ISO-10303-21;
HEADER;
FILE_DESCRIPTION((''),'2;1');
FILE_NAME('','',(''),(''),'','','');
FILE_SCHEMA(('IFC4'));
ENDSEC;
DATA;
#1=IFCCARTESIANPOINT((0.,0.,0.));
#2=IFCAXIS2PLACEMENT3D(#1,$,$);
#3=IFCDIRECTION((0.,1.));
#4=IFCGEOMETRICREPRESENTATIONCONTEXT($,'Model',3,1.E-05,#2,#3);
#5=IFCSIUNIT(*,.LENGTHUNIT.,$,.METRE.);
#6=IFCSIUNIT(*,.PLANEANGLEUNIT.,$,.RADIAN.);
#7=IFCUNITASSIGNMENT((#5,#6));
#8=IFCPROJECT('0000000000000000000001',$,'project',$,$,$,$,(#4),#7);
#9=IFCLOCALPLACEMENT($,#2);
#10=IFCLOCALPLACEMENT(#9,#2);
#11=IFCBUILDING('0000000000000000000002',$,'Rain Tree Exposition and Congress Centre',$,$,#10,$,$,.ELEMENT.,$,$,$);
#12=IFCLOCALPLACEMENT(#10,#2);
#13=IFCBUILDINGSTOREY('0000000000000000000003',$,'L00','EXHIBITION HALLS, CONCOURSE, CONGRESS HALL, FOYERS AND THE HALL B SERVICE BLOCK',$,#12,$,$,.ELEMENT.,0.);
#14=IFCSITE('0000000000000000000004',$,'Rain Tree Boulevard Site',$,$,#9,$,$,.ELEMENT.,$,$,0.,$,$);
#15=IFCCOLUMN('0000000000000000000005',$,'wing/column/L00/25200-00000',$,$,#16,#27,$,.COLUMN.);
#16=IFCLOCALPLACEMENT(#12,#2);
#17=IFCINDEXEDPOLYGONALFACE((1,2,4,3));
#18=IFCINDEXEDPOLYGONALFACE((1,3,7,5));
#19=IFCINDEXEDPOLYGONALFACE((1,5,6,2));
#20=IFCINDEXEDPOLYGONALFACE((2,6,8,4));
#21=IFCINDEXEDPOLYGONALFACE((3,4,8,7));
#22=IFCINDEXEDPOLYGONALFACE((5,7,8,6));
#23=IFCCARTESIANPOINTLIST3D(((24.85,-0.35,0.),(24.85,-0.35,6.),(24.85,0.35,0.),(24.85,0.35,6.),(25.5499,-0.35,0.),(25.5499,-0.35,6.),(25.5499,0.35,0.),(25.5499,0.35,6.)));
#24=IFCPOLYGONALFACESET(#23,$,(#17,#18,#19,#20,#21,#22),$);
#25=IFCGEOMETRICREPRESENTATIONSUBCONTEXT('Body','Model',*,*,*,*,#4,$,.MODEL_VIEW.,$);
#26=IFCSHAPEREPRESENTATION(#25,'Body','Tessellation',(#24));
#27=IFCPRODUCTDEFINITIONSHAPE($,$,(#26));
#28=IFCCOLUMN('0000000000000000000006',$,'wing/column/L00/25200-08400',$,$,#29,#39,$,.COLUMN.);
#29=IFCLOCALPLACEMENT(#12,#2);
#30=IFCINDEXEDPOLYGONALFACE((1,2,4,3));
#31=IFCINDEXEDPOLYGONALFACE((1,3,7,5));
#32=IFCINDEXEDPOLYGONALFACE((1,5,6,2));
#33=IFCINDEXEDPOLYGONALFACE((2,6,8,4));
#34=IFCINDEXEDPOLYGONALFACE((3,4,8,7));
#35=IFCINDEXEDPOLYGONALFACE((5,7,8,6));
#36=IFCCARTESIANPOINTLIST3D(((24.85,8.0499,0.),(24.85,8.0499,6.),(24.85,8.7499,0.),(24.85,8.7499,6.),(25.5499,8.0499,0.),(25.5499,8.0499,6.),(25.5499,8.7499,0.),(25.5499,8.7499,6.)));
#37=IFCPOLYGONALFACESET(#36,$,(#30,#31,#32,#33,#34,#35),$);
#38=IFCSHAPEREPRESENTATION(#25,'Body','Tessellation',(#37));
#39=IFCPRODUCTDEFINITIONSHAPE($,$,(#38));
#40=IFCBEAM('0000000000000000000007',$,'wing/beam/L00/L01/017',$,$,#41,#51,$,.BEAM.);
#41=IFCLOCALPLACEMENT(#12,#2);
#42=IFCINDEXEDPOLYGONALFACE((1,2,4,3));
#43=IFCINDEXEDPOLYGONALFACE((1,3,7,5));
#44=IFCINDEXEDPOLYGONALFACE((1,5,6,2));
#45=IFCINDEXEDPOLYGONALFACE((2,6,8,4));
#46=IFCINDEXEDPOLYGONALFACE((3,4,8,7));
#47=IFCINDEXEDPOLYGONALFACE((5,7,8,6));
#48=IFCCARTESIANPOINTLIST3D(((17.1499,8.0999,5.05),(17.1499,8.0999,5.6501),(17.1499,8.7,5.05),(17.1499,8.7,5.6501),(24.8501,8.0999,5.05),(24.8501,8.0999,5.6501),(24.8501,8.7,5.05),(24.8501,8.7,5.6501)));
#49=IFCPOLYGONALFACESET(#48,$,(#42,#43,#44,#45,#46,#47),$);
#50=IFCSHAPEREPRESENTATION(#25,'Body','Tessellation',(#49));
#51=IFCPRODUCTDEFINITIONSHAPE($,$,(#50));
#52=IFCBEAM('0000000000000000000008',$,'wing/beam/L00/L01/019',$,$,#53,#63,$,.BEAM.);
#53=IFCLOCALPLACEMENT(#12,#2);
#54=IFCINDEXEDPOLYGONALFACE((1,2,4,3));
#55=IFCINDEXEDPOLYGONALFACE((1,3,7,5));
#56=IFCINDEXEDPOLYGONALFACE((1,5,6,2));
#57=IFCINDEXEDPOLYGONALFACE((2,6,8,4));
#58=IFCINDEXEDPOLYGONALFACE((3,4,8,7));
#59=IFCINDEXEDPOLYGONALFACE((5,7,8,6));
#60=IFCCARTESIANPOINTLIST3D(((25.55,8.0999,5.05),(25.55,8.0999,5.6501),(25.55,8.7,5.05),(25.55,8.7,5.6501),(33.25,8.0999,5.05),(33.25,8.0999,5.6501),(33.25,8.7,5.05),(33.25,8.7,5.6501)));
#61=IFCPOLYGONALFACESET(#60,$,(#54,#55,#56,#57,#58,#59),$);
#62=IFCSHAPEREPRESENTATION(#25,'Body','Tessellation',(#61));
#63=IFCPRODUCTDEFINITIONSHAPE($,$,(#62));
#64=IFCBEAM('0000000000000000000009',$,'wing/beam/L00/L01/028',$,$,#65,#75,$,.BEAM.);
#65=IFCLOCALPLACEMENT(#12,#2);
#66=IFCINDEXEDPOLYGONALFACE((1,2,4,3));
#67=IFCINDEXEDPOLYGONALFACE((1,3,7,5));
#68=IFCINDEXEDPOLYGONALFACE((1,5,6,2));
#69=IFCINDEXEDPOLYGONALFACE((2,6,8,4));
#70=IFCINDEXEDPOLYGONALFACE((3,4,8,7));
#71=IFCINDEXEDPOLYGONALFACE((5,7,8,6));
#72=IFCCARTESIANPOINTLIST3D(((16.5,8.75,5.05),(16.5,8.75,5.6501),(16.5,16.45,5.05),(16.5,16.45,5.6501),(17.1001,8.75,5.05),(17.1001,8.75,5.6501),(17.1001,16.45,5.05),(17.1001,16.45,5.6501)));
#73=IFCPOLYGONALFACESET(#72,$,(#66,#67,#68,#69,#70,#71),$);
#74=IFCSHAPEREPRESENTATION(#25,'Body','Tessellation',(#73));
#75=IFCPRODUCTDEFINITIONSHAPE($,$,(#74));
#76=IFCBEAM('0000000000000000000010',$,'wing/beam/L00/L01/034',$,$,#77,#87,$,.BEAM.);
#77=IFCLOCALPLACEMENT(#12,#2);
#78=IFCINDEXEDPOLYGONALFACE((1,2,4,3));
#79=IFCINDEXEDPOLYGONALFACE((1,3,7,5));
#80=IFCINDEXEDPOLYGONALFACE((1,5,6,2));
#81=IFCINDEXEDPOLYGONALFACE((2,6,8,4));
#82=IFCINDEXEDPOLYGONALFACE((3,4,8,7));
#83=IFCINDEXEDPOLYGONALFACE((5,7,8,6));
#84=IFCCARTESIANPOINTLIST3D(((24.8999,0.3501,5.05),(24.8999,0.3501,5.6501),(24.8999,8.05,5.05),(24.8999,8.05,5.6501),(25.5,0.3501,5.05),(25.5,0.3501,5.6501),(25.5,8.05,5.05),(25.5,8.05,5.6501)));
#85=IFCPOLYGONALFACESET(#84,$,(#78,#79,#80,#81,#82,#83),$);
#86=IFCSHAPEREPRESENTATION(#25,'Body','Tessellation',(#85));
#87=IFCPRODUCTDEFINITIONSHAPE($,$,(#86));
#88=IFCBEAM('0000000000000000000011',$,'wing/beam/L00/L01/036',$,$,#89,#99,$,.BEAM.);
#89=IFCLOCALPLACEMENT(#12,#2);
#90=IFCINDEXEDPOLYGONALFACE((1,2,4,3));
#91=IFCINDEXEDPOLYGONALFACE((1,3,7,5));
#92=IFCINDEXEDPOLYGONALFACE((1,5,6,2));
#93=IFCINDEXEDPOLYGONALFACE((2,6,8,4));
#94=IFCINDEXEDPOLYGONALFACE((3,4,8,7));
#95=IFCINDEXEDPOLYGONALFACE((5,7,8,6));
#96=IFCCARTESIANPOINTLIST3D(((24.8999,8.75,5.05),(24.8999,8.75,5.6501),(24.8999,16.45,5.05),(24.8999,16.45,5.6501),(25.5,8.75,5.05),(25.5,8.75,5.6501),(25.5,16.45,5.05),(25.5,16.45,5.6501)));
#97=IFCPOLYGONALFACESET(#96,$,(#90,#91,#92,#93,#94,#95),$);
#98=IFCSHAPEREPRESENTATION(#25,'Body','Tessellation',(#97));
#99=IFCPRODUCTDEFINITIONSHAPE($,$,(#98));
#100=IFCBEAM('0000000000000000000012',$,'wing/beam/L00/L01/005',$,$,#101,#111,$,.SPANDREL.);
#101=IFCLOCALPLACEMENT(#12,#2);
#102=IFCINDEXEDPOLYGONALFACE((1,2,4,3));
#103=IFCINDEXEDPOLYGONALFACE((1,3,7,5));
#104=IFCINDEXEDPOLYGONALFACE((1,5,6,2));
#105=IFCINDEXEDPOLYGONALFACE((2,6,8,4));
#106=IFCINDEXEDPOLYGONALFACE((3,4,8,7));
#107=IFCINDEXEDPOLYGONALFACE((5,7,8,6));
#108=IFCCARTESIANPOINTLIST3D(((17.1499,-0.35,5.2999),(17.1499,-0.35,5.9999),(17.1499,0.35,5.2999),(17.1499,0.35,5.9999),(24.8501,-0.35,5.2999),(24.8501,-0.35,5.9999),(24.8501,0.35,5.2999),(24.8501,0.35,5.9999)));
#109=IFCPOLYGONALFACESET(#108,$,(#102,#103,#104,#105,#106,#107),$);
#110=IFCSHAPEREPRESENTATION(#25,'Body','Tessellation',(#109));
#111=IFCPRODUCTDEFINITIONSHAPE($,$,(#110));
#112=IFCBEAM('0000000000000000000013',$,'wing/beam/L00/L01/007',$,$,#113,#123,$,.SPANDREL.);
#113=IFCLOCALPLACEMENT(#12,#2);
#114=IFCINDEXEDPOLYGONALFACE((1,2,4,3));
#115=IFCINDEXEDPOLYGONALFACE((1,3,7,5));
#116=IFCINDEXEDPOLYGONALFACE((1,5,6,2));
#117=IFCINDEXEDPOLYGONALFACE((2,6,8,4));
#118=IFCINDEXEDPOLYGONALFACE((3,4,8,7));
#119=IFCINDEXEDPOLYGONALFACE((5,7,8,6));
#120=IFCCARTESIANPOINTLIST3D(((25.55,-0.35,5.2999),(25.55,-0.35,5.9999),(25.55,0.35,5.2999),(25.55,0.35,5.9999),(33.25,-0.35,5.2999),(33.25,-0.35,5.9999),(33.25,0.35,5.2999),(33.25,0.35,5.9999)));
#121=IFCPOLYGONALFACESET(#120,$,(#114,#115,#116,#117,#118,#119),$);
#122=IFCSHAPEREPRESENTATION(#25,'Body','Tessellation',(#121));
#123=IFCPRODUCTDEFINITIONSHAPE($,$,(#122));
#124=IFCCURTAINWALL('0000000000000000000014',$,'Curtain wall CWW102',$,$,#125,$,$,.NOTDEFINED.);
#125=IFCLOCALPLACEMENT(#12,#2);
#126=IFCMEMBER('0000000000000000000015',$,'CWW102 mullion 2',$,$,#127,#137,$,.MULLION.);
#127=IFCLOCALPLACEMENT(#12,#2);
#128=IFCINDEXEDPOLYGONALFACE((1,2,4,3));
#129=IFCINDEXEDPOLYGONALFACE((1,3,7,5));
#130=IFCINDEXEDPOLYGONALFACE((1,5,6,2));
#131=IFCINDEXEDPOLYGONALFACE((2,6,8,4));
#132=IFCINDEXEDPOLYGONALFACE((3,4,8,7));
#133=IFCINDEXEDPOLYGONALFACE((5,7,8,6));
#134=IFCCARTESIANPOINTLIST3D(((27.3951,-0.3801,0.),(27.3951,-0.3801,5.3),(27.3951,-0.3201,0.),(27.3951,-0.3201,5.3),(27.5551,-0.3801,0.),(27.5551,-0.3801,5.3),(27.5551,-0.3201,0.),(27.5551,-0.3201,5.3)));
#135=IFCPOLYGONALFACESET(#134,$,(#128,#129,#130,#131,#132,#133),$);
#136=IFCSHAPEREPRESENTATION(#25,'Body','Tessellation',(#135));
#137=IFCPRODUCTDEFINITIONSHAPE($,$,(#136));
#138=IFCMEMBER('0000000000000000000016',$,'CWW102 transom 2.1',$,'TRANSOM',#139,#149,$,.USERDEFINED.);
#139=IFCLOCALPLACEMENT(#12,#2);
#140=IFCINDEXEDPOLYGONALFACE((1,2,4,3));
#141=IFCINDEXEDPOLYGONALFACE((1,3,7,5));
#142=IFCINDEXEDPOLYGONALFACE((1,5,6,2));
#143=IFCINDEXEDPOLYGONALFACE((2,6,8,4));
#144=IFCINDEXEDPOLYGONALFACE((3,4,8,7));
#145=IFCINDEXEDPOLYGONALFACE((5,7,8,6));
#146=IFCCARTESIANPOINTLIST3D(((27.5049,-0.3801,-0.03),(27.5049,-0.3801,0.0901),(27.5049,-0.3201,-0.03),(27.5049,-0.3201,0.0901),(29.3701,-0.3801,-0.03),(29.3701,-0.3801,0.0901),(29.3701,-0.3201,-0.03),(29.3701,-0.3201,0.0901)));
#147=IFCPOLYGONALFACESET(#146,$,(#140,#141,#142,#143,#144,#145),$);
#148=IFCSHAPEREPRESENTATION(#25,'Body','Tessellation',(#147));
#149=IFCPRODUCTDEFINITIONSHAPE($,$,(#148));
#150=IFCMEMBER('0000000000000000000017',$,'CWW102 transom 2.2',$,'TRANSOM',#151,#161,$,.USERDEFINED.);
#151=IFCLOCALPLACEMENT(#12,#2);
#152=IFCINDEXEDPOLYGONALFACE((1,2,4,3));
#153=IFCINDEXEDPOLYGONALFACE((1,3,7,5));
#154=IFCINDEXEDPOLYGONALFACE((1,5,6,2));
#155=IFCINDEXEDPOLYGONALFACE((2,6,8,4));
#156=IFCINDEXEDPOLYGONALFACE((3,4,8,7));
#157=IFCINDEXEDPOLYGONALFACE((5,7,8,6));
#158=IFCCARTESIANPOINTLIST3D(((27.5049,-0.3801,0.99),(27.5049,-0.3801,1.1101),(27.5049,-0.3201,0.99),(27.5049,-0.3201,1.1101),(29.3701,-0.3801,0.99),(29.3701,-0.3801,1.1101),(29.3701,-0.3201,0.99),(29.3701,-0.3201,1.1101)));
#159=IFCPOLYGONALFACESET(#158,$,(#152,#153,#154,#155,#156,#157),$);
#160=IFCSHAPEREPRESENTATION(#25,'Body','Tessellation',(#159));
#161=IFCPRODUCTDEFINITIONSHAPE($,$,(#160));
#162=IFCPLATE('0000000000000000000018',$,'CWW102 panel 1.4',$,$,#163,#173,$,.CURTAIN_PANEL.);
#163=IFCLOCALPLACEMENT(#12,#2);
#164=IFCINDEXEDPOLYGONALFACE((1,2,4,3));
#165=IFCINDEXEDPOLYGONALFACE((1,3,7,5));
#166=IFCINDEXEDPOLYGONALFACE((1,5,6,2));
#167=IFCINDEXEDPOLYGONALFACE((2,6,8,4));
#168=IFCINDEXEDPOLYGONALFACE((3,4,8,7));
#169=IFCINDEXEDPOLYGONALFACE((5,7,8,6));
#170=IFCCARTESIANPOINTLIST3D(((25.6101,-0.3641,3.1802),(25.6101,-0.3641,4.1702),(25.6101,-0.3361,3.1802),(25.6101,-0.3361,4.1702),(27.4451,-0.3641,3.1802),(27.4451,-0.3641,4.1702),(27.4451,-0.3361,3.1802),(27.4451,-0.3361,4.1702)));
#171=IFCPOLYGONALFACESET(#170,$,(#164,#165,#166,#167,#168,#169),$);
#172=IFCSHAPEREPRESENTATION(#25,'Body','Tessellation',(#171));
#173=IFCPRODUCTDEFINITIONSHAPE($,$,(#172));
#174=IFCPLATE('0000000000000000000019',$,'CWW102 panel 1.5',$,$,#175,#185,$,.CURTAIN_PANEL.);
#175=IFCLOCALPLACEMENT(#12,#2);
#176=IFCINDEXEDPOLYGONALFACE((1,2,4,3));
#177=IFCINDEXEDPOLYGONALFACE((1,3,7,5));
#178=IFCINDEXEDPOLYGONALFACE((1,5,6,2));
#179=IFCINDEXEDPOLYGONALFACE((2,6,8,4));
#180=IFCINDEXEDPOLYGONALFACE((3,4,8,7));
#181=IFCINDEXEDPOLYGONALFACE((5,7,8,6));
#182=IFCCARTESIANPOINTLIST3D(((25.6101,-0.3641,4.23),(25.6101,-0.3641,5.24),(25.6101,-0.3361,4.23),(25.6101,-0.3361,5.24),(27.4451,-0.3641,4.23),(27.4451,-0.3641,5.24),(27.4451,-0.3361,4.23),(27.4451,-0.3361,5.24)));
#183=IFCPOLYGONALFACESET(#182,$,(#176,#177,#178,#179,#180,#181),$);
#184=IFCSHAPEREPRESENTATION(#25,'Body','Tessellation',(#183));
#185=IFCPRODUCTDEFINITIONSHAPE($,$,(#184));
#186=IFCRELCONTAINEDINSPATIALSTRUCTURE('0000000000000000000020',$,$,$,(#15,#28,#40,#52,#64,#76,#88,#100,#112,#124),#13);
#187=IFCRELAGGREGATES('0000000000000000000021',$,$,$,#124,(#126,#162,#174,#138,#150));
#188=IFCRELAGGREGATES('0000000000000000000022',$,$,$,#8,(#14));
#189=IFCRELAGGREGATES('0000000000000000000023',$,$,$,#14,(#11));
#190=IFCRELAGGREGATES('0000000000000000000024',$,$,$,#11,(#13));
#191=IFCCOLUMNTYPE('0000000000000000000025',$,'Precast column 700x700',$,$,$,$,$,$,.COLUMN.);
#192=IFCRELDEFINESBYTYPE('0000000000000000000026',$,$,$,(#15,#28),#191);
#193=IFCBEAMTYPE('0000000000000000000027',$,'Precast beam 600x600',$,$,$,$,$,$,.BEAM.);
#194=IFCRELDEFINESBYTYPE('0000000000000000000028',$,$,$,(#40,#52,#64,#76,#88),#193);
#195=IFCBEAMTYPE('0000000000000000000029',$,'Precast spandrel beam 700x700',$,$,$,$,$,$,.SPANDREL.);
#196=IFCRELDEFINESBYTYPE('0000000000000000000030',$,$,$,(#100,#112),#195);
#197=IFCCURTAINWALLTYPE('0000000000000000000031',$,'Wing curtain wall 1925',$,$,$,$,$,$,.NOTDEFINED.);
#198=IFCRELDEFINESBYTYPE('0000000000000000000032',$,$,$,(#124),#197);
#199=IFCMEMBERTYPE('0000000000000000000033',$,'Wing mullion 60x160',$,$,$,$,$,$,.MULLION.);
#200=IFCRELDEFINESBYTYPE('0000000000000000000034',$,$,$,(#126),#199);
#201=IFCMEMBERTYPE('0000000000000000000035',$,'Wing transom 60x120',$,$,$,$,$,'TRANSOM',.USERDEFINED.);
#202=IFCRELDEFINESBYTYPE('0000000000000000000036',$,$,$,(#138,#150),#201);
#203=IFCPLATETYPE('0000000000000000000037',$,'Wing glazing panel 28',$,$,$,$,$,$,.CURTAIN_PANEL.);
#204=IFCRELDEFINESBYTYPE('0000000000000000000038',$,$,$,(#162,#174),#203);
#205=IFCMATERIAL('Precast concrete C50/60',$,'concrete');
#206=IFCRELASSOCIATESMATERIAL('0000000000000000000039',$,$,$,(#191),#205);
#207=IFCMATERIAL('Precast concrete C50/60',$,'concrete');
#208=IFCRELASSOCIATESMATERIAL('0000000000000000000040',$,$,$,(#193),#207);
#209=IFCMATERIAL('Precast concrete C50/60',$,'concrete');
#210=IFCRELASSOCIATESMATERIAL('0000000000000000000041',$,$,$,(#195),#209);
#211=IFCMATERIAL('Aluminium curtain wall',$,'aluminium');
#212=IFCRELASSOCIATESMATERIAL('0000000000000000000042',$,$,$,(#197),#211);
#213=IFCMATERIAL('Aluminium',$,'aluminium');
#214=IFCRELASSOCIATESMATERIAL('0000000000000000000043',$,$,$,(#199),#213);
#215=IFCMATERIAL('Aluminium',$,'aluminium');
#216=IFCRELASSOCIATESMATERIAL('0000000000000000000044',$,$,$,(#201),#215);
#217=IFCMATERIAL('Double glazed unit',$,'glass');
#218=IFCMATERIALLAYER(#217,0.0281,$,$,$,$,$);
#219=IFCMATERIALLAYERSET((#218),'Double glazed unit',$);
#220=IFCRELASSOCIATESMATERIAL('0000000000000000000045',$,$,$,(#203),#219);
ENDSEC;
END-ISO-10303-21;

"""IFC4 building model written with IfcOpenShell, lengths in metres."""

from ifc_helpers import new_model, si_unit, direction, frame, origin, origin_2d, place, context, subcontext, project, spatial, rectangle, extrude, material, layer, layer_set, material_profile, profile_set, type_object, element, aggregate, save


model = new_model("IFC4")

# Units and contexts
model_context = context("Model", 3, precision=1e-05, world=origin(), true_north=direction((0.0, 1.0)))
body_context = subcontext(model_context, "Body", "Model", "MODEL_VIEW")
ifc_project = project(units=[si_unit("LENGTHUNIT", "METRE"), si_unit("PLANEANGLEUNIT", "RADIAN")], contexts=[model_context])

# Site, building, storey
site_placement = place(None, origin())
site = spatial("IfcSite", under=ifc_project, at=site_placement, Name="Rain Tree Boulevard Site", CompositionType="ELEMENT", RefElevation=0.0)
building_placement = place(site_placement, origin())
building = spatial("IfcBuilding", under=site, at=building_placement, Name="Rain Tree Exposition and Congress Centre", CompositionType="ELEMENT")
storey_placement = place(building_placement, origin())
storey = spatial("IfcBuildingStorey", under=building, at=storey_placement, Name="L00", Description="EXHIBITION HALLS, CONCOURSE, CONGRESS HALL, FOYERS AND THE HALL B SERVICE BLOCK", CompositionType="ELEMENT", Elevation=0.0)

# Columns
ifc_material_1 = material(Name="Precast concrete C50/60", Category="concrete")
ifc_material_profile_1 = material_profile(ifc_material_1, rectangle(XDim=0.7, YDim=0.7, at=origin_2d()), Name="RC 700x700")
ifc_profile_set_1 = profile_set([ifc_material_profile_1], Name="Precast concrete C50/60")
column_type = type_object("IfcColumnType", Name="Precast column 700x700", PredefinedType="COLUMN", material=ifc_profile_set_1)
for number, where, z_axis, x_axis, name in (
    (1, (25.2, 0.0, 0.0), (0.0, 0.0, 1.0), (1.0, 0.0, 0.0), "wing/column/L00/25200-00000"),
    (2, (25.2, 8.3999, 0.0), (0.0, 0.0, 1.0), (1.0, 0.0, 0.0), "wing/column/L00/25200-08400"),
):
    element("IfcColumn", number, at=place(storey_placement, frame(where, z_axis=z_axis, x_axis=x_axis)), inside=storey, type_object=column_type, Name=name, PredefinedType="COLUMN", context=body_context, shape_type="SweptSolid", body=[
        extrude(rectangle(XDim=0.7, YDim=0.7, at=origin_2d()), origin(), (0.0, 0.0, 1.0), 6.0),
    ])

# Beams
ifc_material_2 = material(Name="Precast concrete C50/60", Category="concrete")
ifc_material_profile_2 = material_profile(ifc_material_2, rectangle(XDim=0.6001, YDim=0.6001, at=origin_2d()), Name="RC 600x600")
ifc_profile_set_2 = profile_set([ifc_material_profile_2], Name="Precast concrete C50/60")
beam_type_1 = type_object("IfcBeamType", Name="Precast beam 600x600", PredefinedType="BEAM", material=ifc_profile_set_2)
beam_1_placement = place(storey_placement, frame((17.1499, 8.3999, 5.3501), z_axis=(1.0, 0.0, 0.0), x_axis=(0.0, 1.0, 0.0)))
element("IfcBeam", 3, at=beam_1_placement, inside=storey, type_object=beam_type_1, Name="wing/beam/L00/L01/017", PredefinedType="BEAM", context=body_context, shape_type="SweptSolid", body=[
    extrude(rectangle(XDim=0.6001, YDim=0.6001, at=origin_2d()), origin(), (0.0, 0.0, 1.0), 7.7002),
])
for number, where, z_axis, x_axis, name in (
    (4, (25.55, 8.3999, 5.3501), (1.0, 0.0, 0.0), (0.0, 1.0, 0.0), "wing/beam/L00/L01/019"),
    (5, (16.8, 8.75, 5.3501), (0.0, 1.0, 0.0), (-1.0, 0.0, 0.0), "wing/beam/L00/L01/028"),
    (6, (25.2, 0.3501, 5.3501), (0.0, 1.0, 0.0), (-1.0, 0.0, 0.0), "wing/beam/L00/L01/034"),
    (7, (25.2, 8.75, 5.3501), (0.0, 1.0, 0.0), (-1.0, 0.0, 0.0), "wing/beam/L00/L01/036"),
):
    element("IfcBeam", number, at=place(storey_placement, frame(where, z_axis=z_axis, x_axis=x_axis)), inside=storey, type_object=beam_type_1, Name=name, PredefinedType="BEAM", context=body_context, shape_type="SweptSolid", body=[
        extrude(rectangle(XDim=0.6001, YDim=0.6001, at=origin_2d()), origin(), (0.0, 0.0, 1.0), 7.7),
    ])
ifc_material_3 = material(Name="Precast concrete C50/60", Category="concrete")
ifc_material_profile_3 = material_profile(ifc_material_3, rectangle(XDim=0.7, YDim=0.7, at=origin_2d()), Name="RC 700x700")
ifc_profile_set_3 = profile_set([ifc_material_profile_3], Name="Precast concrete C50/60")
beam_type_2 = type_object("IfcBeamType", Name="Precast spandrel beam 700x700", PredefinedType="SPANDREL", material=ifc_profile_set_3)
beam_2_placement = place(storey_placement, frame((17.1499, 0.0, 5.6499), z_axis=(1.0, 0.0, 0.0), x_axis=(0.0, 1.0, 0.0)))
element("IfcBeam", 8, at=beam_2_placement, inside=storey, type_object=beam_type_2, Name="wing/beam/L00/L01/005", PredefinedType="SPANDREL", context=body_context, shape_type="SweptSolid", body=[
    extrude(rectangle(XDim=0.7, YDim=0.7, at=origin_2d()), origin(), (0.0, 0.0, 1.0), 7.7002),
])
beam_3_placement = place(storey_placement, frame((25.55, 0.0, 5.6499), z_axis=(1.0, 0.0, 0.0), x_axis=(0.0, 1.0, 0.0)))
element("IfcBeam", 9, at=beam_3_placement, inside=storey, type_object=beam_type_2, Name="wing/beam/L00/L01/007", PredefinedType="SPANDREL", context=body_context, shape_type="SweptSolid", body=[
    extrude(rectangle(XDim=0.7, YDim=0.7, at=origin_2d()), origin(), (0.0, 0.0, 1.0), 7.7),
])

# Curtain wall, members, plates
ifc_material_4 = material(Name="Aluminium curtain wall", Category="aluminium")
curtain_wall_type = type_object("IfcCurtainWallType", Name="Wing curtain wall 1925", PredefinedType="NOTDEFINED", material=ifc_material_4)
curtain_wall_placement = place(storey_placement, origin())
curtain_wall = element("IfcCurtainWall", 10, at=curtain_wall_placement, inside=storey, type_object=curtain_wall_type, Name="Curtain wall CWW102", PredefinedType="NOTDEFINED")
ifc_material_5 = material(Name="Aluminium", Category="aluminium")
ifc_material_profile_4 = material_profile(ifc_material_5, rectangle(XDim=0.0601, YDim=0.1599, at=origin_2d()), Name="Aluminium 60x160")
ifc_profile_set_4 = profile_set([ifc_material_profile_4], Name="Aluminium")
member_type_1 = type_object("IfcMemberType", Name="Wing mullion 60x160", PredefinedType="MULLION", material=ifc_profile_set_4)
member_1_placement = place(storey_placement, frame((27.4751, -0.3501, 0.0), z_axis=(0.0, 0.0, 1.0), x_axis=(0.0, 1.0, 0.0)))
member_1 = element("IfcMember", 11, at=member_1_placement, type_object=member_type_1, Name="CWW102 mullion 2", PredefinedType="MULLION", context=body_context, shape_type="SweptSolid", body=[
    extrude(rectangle(XDim=0.0601, YDim=0.1599, at=origin_2d()), origin(), (0.0, 0.0, 1.0), 5.3),
])
ifc_material_6 = material(Name="Aluminium", Category="aluminium")
ifc_material_profile_5 = material_profile(ifc_material_6, rectangle(XDim=0.0601, YDim=0.1201, at=origin_2d()), Name="Aluminium 60x120")
ifc_profile_set_5 = profile_set([ifc_material_profile_5], Name="Aluminium")
member_type_2 = type_object("IfcMemberType", Name="Wing transom 60x120", ElementType="TRANSOM", PredefinedType="USERDEFINED", material=ifc_profile_set_5)
member_2_placement = place(storey_placement, frame((27.5049, -0.3501, 0.03), z_axis=(1.0, 0.0, 0.0), x_axis=(0.0, 1.0, 0.0)))
member_2 = element("IfcMember", 12, at=member_2_placement, type_object=member_type_2, Name="CWW102 transom 2.1", ObjectType="TRANSOM", PredefinedType="USERDEFINED", context=body_context, shape_type="SweptSolid", body=[
    extrude(rectangle(XDim=0.0601, YDim=0.1201, at=origin_2d()), origin(), (0.0, 0.0, 1.0), 1.8652),
])
member_3_placement = place(storey_placement, frame((27.5049, -0.3501, 1.05), z_axis=(1.0, 0.0, 0.0), x_axis=(0.0, 1.0, 0.0)))
member_3 = element("IfcMember", 13, at=member_3_placement, type_object=member_type_2, Name="CWW102 transom 2.2", ObjectType="TRANSOM", PredefinedType="USERDEFINED", context=body_context, shape_type="SweptSolid", body=[
    extrude(rectangle(XDim=0.0601, YDim=0.1201, at=origin_2d()), origin(), (0.0, 0.0, 1.0), 1.8652),
])
ifc_material_7 = material(Name="Double glazed unit", Category="glass")
ifc_layer_1 = layer(ifc_material_7, 0.0281)
ifc_layer_set_1 = layer_set([ifc_layer_1], Name="Double glazed unit")
plate_type = type_object("IfcPlateType", Name="Wing glazing panel 28", PredefinedType="CURTAIN_PANEL", material=ifc_layer_set_1)
plate_1_placement = place(storey_placement, frame((26.5276, -0.3501, 3.1802), z_axis=(0.0, 0.0, 1.0), x_axis=(1.0, 0.0, 0.0)))
plate_1 = element("IfcPlate", 14, at=plate_1_placement, type_object=plate_type, Name="CWW102 panel 1.4", PredefinedType="CURTAIN_PANEL", context=body_context, shape_type="SweptSolid", body=[
    extrude(rectangle(XDim=1.835, YDim=0.0281, at=origin_2d()), origin(), (0.0, 0.0, 1.0), 0.99),
])
plate_2_placement = place(storey_placement, frame((26.5276, -0.3501, 4.23), z_axis=(0.0, 0.0, 1.0), x_axis=(1.0, 0.0, 0.0)))
plate_2 = element("IfcPlate", 15, at=plate_2_placement, type_object=plate_type, Name="CWW102 panel 1.5", PredefinedType="CURTAIN_PANEL", context=body_context, shape_type="SweptSolid", body=[
    extrude(rectangle(XDim=1.835, YDim=0.0281, at=origin_2d()), origin(), (0.0, 0.0, 1.0), 1.01),
])
aggregate(curtain_wall, [member_1, plate_1, plate_2, member_2, member_3])

save(model, "model.ifc")
